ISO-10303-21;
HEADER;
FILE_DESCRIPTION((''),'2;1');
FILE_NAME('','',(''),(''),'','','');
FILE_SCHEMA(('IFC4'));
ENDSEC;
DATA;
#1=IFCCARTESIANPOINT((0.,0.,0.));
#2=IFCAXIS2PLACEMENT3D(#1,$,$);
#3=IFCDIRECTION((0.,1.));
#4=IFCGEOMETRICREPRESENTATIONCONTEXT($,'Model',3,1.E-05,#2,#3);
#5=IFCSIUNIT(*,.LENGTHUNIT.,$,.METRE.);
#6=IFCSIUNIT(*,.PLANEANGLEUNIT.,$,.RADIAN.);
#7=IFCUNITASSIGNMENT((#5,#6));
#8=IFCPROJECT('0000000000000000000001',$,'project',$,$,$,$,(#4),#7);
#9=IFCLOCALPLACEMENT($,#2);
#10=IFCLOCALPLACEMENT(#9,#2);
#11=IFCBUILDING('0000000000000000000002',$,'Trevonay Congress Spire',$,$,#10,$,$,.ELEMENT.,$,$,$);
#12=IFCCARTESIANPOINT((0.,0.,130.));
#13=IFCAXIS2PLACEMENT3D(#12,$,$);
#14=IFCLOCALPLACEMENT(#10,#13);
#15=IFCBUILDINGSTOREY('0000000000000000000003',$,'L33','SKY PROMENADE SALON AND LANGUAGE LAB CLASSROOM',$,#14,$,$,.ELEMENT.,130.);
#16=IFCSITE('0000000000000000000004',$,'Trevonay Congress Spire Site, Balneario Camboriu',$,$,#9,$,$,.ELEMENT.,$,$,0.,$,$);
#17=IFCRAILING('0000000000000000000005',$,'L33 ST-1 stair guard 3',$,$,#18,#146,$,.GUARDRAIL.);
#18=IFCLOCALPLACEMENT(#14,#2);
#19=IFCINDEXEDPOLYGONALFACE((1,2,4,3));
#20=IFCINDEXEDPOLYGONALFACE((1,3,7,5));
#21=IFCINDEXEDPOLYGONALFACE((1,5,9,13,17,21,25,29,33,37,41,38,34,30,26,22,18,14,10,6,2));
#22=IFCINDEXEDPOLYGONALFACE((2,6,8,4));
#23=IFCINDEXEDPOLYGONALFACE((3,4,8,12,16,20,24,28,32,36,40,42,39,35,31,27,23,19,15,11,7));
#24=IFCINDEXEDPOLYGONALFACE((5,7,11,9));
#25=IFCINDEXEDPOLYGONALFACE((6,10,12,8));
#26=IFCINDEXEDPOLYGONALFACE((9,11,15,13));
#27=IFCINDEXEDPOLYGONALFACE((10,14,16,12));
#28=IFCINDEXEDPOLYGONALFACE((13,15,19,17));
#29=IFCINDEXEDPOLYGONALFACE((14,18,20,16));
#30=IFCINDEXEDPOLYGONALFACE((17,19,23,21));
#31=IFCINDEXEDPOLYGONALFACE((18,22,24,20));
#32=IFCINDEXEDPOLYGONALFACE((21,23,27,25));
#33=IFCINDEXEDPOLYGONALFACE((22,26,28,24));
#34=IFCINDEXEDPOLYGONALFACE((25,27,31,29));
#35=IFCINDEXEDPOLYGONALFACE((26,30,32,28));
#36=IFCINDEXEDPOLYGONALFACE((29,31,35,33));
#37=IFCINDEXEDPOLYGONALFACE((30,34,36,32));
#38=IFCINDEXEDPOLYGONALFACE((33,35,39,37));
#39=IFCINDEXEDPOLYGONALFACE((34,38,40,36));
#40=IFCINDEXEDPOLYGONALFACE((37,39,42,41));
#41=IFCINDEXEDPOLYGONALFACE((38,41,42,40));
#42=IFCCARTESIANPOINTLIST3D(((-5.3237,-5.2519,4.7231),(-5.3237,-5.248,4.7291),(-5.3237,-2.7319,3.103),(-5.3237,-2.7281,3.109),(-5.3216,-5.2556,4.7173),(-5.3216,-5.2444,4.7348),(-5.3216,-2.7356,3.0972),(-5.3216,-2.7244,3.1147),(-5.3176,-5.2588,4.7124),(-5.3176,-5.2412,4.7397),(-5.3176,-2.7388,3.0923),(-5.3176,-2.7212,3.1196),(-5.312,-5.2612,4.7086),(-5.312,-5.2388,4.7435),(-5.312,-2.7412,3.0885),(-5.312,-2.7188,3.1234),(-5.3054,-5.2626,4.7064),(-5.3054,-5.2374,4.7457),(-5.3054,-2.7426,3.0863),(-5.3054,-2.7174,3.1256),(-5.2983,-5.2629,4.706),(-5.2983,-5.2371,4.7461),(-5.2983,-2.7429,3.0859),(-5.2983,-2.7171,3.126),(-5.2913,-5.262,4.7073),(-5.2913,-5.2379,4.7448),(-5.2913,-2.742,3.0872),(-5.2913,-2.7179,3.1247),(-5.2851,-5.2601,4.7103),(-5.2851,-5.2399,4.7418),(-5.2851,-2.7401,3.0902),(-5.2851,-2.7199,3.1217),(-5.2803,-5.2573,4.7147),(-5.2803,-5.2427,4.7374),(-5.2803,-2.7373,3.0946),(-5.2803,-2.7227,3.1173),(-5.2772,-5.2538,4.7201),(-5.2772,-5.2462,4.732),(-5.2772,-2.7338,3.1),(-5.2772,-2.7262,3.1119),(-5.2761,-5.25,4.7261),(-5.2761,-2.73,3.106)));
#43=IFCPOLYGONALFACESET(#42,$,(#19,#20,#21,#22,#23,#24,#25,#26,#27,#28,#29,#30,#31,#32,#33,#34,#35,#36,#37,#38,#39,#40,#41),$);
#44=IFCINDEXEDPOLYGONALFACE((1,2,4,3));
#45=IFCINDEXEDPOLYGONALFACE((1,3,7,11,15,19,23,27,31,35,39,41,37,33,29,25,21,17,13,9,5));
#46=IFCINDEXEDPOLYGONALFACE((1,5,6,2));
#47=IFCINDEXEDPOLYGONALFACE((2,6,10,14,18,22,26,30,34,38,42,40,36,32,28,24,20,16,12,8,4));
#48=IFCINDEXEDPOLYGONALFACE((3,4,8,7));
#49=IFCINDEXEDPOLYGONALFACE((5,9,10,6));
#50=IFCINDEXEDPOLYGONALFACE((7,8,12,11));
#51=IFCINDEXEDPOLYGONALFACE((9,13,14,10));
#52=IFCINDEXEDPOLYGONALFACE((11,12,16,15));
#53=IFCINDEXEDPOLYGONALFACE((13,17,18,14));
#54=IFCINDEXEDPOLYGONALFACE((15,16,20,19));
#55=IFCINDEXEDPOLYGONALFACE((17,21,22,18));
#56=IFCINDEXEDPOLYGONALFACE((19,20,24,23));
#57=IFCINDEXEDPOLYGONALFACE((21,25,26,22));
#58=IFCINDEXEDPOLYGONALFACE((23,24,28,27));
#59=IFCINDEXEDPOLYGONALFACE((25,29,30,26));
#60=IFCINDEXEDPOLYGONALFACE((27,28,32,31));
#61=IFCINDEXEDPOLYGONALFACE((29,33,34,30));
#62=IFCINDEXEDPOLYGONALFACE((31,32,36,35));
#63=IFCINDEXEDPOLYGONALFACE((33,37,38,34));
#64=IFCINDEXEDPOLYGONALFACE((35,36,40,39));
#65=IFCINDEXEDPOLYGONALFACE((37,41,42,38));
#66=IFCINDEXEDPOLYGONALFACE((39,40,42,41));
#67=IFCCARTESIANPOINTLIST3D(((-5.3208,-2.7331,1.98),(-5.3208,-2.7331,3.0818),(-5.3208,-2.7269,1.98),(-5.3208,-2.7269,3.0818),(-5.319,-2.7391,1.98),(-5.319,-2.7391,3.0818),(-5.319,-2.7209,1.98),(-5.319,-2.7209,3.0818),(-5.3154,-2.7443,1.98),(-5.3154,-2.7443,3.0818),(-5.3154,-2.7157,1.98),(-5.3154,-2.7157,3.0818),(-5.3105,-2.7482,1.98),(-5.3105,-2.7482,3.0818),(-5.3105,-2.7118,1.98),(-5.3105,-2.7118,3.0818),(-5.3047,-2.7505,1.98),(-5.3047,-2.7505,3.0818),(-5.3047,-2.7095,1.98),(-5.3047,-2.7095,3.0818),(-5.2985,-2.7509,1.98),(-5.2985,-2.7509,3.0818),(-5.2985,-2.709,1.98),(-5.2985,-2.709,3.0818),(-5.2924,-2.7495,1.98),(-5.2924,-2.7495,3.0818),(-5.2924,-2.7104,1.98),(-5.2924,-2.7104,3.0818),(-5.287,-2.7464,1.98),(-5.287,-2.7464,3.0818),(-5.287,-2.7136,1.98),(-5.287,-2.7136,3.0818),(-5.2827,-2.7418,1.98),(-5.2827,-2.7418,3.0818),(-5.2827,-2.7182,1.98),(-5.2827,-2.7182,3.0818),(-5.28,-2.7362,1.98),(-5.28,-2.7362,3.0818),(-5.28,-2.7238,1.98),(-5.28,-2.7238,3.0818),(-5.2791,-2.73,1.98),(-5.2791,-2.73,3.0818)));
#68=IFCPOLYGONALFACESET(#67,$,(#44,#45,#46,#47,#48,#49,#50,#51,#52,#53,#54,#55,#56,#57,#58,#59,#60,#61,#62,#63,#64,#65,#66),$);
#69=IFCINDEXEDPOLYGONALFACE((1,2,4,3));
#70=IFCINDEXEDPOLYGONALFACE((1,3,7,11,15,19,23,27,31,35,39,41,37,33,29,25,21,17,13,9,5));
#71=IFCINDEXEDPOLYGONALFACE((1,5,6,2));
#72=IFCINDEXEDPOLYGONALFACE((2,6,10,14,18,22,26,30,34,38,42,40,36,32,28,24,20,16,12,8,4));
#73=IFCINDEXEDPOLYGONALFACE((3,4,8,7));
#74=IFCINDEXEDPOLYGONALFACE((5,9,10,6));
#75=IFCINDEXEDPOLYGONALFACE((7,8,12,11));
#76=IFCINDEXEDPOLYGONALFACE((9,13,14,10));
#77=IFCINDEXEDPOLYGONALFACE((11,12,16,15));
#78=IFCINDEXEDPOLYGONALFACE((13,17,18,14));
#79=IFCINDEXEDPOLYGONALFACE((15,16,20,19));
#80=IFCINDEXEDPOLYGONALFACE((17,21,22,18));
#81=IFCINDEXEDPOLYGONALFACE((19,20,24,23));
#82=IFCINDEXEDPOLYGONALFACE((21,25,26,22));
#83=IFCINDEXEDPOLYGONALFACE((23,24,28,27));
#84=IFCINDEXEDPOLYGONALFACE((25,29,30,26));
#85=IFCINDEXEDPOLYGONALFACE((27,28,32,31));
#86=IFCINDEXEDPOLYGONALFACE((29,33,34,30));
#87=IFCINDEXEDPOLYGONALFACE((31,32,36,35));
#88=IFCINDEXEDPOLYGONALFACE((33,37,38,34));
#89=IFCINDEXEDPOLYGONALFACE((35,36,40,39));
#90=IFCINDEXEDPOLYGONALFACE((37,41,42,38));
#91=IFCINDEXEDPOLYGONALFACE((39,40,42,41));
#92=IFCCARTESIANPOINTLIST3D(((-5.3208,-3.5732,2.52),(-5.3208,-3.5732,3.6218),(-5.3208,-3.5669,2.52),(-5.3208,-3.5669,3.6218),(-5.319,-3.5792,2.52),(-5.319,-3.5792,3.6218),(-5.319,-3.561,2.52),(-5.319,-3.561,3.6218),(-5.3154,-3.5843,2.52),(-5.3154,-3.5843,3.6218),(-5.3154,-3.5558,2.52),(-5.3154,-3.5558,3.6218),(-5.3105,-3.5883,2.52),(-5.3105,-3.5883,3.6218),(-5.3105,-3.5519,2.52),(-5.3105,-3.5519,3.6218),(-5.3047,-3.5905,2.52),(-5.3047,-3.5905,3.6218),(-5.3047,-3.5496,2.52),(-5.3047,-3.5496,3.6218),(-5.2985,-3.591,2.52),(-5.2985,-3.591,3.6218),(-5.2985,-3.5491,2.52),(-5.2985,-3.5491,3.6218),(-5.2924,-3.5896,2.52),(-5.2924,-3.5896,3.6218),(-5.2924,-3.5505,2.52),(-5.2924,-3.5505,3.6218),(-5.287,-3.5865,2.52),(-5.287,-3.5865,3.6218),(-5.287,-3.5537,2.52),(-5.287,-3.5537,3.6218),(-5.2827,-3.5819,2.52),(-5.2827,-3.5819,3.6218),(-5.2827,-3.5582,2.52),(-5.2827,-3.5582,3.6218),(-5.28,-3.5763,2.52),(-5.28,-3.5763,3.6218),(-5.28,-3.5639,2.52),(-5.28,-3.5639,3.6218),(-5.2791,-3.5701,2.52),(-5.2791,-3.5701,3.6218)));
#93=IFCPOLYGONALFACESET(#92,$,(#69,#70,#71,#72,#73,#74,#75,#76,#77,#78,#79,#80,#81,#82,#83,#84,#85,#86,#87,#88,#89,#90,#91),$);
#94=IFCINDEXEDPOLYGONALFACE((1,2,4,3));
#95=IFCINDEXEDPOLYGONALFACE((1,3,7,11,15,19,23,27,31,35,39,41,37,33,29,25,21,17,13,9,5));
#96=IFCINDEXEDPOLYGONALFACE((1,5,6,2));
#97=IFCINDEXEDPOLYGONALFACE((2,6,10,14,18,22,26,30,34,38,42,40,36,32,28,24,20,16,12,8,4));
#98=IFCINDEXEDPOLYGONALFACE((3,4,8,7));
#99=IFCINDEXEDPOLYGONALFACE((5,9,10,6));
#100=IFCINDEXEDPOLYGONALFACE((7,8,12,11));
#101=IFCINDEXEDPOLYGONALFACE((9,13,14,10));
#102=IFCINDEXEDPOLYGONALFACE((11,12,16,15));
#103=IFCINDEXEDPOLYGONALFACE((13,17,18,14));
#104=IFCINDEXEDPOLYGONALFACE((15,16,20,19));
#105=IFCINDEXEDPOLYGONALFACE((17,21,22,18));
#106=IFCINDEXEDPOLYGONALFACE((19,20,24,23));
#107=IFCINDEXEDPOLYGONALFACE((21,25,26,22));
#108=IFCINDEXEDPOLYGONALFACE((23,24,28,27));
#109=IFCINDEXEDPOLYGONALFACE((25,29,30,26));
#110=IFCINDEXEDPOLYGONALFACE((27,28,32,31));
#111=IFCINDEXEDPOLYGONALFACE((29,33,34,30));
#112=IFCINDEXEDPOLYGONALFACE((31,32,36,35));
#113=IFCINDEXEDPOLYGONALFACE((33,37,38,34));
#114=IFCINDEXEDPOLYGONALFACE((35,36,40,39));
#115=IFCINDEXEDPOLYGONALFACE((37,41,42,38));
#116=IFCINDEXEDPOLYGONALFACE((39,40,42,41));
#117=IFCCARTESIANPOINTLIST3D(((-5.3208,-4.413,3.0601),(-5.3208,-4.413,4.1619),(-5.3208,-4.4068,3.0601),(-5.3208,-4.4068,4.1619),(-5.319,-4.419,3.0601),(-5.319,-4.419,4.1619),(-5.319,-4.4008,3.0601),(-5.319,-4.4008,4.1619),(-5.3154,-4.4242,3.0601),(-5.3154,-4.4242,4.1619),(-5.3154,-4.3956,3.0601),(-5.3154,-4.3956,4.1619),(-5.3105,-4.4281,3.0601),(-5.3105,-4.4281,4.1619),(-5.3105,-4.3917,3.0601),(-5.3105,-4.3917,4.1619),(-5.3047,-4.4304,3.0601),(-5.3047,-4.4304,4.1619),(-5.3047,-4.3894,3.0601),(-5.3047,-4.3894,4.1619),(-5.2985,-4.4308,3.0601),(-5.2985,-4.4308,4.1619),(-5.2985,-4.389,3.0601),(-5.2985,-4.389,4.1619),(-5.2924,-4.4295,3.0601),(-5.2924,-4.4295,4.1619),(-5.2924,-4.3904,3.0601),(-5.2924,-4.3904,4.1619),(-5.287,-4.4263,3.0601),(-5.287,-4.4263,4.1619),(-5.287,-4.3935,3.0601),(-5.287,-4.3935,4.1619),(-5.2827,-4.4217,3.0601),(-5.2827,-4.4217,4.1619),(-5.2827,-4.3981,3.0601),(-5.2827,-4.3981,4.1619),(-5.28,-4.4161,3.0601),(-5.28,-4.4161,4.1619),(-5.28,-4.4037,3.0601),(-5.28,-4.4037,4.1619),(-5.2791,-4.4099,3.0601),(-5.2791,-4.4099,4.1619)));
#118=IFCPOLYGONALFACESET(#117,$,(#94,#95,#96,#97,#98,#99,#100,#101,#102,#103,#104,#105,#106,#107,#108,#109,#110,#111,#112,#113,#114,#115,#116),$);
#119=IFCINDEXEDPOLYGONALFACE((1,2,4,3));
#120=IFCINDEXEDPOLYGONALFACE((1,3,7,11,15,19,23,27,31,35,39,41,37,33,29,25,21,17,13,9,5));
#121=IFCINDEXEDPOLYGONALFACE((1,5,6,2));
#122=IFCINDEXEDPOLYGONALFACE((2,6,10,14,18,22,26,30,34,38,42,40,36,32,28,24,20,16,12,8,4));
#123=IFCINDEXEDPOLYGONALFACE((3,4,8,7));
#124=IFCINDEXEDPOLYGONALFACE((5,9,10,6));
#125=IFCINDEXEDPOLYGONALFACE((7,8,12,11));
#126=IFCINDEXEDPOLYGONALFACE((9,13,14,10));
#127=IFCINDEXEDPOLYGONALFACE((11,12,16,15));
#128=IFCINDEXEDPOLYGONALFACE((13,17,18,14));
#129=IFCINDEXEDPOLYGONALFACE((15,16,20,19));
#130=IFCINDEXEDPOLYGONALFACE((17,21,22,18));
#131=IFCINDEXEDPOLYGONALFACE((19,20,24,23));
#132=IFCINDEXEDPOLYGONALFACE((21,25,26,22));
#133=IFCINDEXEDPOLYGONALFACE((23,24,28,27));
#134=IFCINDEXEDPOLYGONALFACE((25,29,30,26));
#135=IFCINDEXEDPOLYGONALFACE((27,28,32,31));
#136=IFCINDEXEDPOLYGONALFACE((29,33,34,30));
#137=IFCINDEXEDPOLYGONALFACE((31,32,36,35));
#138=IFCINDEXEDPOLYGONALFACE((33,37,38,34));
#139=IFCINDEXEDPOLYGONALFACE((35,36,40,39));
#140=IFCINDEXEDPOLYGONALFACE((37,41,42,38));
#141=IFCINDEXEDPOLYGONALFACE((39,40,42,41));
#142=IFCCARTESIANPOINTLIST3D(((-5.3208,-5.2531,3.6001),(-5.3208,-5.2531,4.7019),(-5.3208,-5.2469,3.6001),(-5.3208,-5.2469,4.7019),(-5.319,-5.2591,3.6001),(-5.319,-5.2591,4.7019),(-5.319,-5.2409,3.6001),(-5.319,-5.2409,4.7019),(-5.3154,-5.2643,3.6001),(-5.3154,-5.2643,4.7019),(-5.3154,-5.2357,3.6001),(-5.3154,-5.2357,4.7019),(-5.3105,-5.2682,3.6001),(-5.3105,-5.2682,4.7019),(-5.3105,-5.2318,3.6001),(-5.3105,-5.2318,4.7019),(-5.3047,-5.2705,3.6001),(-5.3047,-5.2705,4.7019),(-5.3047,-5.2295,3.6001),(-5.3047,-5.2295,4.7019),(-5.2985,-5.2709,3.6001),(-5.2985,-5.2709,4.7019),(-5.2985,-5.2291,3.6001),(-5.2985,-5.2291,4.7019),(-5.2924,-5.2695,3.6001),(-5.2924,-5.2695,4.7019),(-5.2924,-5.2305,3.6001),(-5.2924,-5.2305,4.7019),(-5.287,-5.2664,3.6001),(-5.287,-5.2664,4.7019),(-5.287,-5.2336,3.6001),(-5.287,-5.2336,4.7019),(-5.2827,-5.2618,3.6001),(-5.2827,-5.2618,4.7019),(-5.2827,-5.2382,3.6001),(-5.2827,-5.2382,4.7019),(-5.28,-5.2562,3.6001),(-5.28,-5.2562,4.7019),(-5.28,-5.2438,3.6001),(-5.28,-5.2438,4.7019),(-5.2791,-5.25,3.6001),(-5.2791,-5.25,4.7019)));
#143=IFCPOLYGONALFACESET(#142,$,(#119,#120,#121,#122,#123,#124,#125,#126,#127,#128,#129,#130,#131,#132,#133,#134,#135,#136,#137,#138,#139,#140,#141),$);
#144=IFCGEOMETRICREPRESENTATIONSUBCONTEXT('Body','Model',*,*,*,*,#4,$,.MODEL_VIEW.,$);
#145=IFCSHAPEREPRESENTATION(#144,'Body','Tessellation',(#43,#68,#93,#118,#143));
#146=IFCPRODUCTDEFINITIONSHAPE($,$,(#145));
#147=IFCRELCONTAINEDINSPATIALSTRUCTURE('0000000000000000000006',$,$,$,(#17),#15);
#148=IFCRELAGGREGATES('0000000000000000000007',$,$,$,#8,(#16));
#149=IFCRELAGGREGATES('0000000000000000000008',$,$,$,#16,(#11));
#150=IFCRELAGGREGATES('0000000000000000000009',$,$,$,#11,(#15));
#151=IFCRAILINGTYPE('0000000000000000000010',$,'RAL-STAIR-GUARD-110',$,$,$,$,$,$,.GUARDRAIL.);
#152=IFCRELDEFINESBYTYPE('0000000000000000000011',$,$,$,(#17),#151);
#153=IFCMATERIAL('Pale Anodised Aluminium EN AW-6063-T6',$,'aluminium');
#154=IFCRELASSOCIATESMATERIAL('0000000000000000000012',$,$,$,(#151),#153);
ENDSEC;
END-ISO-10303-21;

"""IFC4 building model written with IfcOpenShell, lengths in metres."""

from ifc_helpers import new_model, si_unit, direction, frame, origin, origin_2d, place, context, subcontext, project, spatial, circle, extrude, material, type_object, element, save


model = new_model("IFC4")

# Units and contexts
model_context = context("Model", 3, precision=1e-05, world=origin(), true_north=direction((0.0, 1.0)))
body_context = subcontext(model_context, "Body", "Model", "MODEL_VIEW")
ifc_project = project(units=[si_unit("LENGTHUNIT", "METRE"), si_unit("PLANEANGLEUNIT", "RADIAN")], contexts=[model_context])

# Site, building, storey
site_placement = place(None, origin())
site = spatial("IfcSite", under=ifc_project, at=site_placement, Name="Trevonay Congress Spire Site, Balneario Camboriu", CompositionType="ELEMENT", RefElevation=0.0)
building_placement = place(site_placement, origin())
building = spatial("IfcBuilding", under=site, at=building_placement, Name="Trevonay Congress Spire", CompositionType="ELEMENT")
storey_placement = place(building_placement, frame((0.0, 0.0, 130.0)))
storey = spatial("IfcBuildingStorey", under=building, at=storey_placement, Name="L33", Description="SKY PROMENADE SALON AND LANGUAGE LAB CLASSROOM", CompositionType="ELEMENT", Elevation=130.0)

# Shared definitions
ifc_material_1 = material(Name="Pale Anodised Aluminium EN AW-6063-T6", Category="aluminium")

# Railing
railing_type_1 = type_object("IfcRailingType", Name="RAL-STAIR-GUARD-110", PredefinedType="GUARDRAIL", material=ifc_material_1)
railing_1_placement = place(storey_placement, frame((-5.3, -2.73, 1.98)))
element("IfcRailing", 1, at=railing_1_placement, inside=storey, type_object=railing_type_1, Name="L33 ST-1 stair guard 3", PredefinedType="GUARDRAIL", context=body_context, shape_type="SweptSolid", body=[
    extrude(circle(Radius=0.0239, at=origin_2d()), frame((0.0, 0.0, 1.126), z_axis=(0.0, -0.841163, 0.540782), x_axis=(1.0, 0.0, 0.0)), (0.0, 0.0, 1.0), 2.9958),
    extrude(circle(Radius=0.021, at=origin_2d()), origin(), (0.0, 0.0, 1.0), 1.1018),
    extrude(circle(Radius=0.021, at=origin_2d()), frame((0.0, -0.8401, 0.54)), (0.0, 0.0, 1.0), 1.1018),
    extrude(circle(Radius=0.021, at=origin_2d()), frame((0.0, -1.6799, 1.0801)), (0.0, 0.0, 1.0), 1.1018),
    extrude(circle(Radius=0.021, at=origin_2d()), frame((0.0, -2.52, 1.6201)), (0.0, 0.0, 1.0), 1.1018),
])

save(model, "model.ifc")
